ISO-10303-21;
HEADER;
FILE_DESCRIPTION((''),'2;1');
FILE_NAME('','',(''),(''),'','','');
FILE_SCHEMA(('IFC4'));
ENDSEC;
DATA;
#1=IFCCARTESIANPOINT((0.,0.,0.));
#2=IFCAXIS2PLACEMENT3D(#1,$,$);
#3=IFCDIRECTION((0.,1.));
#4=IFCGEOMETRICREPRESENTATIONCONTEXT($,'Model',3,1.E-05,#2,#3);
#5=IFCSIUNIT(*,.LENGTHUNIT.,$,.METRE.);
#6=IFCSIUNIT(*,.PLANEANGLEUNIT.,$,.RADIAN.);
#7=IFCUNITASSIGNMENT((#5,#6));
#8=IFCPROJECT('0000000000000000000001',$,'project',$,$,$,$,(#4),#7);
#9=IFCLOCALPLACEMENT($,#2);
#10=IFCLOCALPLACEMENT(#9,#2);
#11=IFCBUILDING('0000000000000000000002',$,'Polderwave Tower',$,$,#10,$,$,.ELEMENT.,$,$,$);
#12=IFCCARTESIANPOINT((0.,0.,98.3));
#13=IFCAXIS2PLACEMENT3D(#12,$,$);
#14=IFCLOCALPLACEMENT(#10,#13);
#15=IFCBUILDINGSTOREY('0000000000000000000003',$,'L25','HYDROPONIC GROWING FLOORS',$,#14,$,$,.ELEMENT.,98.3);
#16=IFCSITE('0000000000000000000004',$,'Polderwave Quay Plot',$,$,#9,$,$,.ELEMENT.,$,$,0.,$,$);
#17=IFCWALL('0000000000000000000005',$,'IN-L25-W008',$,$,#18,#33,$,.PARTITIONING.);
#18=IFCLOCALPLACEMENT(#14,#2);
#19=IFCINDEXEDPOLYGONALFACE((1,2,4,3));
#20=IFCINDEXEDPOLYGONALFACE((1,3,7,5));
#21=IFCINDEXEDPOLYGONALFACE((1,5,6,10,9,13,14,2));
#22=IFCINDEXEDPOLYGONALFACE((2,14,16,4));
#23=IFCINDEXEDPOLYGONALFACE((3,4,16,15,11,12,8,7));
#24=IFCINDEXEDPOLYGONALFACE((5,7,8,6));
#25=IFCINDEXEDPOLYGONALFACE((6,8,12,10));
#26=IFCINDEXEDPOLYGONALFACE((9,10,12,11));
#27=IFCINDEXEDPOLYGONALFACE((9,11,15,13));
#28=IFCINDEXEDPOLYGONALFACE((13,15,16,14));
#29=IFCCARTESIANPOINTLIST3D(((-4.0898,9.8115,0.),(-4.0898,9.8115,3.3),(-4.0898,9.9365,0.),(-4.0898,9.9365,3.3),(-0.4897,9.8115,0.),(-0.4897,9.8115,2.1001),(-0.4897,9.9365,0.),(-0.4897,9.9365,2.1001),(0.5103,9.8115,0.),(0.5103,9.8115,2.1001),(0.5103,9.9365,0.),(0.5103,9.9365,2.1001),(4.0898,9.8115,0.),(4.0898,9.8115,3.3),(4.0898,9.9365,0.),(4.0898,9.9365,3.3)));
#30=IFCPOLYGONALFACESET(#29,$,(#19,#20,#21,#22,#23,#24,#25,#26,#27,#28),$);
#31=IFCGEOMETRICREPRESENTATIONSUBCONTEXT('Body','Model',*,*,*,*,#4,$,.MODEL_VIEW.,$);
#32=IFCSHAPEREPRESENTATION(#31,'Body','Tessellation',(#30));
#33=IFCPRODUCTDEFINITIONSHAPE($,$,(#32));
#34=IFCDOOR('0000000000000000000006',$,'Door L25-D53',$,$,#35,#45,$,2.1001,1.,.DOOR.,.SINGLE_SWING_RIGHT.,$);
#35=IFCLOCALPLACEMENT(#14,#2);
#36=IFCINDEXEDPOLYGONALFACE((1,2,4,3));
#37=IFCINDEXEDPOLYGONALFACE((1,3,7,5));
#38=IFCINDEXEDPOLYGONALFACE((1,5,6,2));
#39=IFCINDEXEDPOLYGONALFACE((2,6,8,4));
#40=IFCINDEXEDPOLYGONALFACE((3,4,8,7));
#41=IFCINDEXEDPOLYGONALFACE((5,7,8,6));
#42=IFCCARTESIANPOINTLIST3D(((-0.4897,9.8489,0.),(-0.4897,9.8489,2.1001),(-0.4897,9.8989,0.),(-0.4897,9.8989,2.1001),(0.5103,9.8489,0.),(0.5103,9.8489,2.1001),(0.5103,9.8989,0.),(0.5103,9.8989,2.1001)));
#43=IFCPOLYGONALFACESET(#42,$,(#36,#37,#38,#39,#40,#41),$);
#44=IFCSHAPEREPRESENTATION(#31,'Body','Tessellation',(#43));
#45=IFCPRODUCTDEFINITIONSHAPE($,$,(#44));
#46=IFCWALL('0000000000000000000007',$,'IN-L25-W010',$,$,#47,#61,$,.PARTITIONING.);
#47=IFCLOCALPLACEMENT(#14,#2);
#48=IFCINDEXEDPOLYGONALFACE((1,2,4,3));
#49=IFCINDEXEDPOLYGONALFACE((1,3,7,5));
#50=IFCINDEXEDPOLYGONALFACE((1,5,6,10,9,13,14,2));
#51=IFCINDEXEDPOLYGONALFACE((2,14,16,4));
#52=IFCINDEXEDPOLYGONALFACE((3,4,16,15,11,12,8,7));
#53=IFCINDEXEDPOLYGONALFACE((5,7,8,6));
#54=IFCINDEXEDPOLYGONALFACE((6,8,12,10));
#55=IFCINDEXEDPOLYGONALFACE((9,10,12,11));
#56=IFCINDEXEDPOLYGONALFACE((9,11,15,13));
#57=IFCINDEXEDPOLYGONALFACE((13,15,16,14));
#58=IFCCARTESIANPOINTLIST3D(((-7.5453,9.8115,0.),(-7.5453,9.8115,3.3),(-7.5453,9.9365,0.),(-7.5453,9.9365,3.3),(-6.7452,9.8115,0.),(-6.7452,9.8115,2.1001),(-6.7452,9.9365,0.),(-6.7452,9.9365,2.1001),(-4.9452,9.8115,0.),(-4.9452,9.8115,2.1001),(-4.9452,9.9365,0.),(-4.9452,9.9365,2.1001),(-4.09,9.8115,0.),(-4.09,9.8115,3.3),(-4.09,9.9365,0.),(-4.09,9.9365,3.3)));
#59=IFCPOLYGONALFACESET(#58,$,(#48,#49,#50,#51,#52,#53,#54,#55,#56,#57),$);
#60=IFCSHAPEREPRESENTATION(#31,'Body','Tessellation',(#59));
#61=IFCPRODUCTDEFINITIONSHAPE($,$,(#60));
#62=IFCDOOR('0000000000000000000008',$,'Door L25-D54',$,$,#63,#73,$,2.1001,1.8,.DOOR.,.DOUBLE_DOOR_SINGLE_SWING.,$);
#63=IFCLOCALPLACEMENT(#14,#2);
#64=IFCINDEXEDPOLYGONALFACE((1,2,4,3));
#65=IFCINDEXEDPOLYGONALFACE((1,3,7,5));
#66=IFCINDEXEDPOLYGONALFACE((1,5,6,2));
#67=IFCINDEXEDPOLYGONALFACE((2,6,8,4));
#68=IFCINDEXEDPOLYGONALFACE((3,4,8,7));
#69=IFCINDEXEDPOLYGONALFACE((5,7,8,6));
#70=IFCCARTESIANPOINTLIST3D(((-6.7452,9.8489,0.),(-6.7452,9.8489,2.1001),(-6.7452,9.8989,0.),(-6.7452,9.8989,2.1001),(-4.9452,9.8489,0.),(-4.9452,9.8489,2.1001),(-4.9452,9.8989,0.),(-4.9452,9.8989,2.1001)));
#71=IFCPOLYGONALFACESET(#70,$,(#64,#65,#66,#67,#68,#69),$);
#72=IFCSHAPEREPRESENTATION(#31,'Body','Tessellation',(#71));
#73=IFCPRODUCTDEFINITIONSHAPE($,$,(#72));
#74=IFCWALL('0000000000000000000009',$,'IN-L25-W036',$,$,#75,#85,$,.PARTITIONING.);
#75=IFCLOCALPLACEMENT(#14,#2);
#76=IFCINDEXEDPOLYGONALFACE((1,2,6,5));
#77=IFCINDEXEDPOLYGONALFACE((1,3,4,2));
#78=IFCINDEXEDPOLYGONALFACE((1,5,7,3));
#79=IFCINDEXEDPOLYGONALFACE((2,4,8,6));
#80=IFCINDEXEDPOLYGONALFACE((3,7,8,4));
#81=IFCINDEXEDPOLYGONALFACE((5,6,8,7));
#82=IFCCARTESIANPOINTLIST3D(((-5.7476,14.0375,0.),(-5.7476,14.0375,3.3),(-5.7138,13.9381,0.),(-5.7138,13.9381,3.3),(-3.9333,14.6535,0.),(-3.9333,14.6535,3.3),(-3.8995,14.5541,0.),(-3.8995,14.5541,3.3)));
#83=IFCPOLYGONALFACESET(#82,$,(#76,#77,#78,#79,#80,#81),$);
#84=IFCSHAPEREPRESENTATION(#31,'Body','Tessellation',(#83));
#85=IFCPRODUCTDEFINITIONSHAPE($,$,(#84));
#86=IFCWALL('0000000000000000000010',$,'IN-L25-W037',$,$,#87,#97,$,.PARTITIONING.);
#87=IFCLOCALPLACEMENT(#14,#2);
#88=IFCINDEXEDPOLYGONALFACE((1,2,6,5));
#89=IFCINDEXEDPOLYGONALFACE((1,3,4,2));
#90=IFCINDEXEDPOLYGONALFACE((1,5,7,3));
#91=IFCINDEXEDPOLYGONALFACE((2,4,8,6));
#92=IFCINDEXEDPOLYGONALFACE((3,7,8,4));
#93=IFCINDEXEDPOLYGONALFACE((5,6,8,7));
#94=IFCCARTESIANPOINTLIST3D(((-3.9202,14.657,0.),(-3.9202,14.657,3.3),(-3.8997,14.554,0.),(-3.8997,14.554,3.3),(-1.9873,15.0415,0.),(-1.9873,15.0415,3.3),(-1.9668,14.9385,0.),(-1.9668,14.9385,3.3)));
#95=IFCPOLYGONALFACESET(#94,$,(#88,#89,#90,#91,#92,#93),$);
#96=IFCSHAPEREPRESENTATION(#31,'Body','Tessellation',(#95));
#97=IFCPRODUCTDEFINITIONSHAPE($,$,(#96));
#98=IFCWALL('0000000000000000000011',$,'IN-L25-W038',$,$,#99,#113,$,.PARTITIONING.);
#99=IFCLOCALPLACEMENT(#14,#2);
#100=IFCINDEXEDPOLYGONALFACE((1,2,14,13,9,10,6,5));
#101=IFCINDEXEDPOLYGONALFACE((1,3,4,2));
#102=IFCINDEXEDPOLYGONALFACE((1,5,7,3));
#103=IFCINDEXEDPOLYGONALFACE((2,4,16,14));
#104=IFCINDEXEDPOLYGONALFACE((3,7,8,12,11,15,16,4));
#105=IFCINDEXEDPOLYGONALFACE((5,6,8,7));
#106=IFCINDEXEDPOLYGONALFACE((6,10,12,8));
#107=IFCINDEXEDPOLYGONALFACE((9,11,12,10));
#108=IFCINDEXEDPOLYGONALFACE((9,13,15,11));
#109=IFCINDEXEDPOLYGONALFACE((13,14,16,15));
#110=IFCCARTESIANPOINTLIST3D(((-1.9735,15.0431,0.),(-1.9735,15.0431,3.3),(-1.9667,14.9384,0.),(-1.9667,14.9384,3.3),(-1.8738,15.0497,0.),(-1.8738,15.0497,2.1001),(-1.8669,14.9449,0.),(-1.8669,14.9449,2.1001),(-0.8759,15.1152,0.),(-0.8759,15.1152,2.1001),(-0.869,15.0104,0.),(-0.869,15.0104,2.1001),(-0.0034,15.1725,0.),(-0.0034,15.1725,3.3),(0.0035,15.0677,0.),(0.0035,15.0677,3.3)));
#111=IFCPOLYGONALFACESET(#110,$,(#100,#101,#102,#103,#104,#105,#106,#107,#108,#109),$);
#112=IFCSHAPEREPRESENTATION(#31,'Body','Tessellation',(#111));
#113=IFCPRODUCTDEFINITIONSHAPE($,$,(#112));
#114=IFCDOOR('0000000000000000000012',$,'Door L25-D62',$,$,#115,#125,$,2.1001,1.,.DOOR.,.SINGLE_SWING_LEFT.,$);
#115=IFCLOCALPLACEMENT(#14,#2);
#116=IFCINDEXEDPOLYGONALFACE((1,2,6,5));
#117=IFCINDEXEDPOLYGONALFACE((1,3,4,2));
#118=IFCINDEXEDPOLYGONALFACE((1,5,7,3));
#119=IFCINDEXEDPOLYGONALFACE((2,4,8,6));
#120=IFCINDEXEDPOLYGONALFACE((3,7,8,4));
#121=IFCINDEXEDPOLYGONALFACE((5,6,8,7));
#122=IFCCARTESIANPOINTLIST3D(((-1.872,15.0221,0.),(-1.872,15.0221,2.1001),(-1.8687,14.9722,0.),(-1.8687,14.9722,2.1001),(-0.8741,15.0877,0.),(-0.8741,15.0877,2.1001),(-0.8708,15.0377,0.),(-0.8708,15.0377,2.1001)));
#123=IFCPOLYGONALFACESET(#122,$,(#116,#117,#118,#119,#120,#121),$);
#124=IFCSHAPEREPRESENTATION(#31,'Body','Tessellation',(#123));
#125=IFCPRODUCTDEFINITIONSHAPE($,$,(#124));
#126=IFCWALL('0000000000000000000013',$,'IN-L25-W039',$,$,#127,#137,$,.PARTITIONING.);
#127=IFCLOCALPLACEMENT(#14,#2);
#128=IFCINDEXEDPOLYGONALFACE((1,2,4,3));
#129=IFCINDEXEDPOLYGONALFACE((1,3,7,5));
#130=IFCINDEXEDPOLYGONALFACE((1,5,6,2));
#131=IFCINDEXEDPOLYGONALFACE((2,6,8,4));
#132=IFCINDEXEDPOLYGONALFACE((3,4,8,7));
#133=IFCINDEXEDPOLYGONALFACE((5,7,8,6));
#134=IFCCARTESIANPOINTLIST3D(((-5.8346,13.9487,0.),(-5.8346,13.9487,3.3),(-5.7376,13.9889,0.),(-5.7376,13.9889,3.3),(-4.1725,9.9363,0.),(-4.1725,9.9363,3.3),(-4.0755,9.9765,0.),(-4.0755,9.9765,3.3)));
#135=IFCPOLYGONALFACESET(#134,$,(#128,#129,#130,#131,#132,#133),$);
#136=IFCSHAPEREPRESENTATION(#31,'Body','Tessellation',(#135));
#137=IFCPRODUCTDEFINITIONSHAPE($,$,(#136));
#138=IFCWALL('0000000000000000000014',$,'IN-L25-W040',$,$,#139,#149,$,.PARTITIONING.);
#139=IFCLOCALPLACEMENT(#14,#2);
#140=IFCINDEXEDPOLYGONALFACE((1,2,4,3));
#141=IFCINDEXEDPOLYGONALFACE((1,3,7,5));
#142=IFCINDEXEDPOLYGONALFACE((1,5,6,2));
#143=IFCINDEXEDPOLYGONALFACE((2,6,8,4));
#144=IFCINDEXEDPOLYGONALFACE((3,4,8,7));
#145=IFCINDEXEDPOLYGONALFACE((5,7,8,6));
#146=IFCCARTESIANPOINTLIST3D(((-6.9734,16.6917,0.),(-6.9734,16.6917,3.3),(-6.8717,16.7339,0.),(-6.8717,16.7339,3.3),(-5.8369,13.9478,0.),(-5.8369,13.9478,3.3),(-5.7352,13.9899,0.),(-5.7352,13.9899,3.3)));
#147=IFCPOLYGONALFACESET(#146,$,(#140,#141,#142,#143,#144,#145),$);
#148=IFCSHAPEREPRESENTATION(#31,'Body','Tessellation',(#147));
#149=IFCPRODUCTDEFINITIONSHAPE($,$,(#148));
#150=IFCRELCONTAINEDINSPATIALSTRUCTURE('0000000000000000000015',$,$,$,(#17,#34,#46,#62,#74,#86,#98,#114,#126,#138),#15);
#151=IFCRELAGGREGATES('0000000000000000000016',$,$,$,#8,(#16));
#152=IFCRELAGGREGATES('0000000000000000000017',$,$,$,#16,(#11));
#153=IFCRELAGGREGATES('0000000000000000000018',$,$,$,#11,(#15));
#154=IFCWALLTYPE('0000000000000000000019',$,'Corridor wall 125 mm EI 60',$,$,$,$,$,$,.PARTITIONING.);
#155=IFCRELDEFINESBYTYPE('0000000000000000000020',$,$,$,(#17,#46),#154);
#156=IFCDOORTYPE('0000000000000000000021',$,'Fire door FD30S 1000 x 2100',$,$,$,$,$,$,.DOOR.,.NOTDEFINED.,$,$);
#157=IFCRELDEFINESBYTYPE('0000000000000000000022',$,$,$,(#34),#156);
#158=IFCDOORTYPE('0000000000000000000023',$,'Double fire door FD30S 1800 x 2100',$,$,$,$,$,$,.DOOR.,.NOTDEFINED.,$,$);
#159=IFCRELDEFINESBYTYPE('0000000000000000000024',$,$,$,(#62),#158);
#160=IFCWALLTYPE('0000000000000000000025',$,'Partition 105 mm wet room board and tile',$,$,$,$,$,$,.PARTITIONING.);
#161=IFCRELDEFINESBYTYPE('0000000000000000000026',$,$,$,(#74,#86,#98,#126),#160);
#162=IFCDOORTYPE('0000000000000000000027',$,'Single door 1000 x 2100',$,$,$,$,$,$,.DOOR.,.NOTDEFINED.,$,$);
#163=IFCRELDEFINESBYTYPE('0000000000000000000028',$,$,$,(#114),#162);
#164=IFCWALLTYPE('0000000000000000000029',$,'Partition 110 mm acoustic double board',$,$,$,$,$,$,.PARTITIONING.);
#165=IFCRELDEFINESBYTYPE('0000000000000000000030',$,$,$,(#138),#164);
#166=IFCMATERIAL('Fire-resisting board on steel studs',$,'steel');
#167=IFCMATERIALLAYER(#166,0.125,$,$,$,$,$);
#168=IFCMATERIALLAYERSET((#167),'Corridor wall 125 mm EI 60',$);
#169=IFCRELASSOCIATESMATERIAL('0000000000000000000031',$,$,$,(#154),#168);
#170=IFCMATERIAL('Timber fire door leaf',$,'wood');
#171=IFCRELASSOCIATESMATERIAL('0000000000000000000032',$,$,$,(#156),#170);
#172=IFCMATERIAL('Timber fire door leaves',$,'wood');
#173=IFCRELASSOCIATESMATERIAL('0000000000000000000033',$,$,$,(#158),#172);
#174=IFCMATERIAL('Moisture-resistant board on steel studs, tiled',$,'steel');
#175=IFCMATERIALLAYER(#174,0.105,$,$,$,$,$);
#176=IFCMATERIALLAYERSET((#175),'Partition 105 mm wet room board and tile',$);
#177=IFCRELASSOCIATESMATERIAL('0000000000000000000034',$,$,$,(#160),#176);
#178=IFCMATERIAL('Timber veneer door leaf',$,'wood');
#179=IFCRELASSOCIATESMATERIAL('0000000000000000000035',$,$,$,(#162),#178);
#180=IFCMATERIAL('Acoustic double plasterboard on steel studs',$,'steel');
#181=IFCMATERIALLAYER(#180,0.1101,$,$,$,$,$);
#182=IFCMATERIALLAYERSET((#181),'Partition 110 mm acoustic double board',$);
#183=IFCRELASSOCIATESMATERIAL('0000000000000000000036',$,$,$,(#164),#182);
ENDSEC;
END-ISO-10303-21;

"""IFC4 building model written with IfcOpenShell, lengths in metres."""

from ifc_helpers import new_model, si_unit, direction, frame, frame_2d, origin, place, context, subcontext, project, spatial, rectangle, extrude, material, layer, layer_set, type_object, element, fill, save


model = new_model("IFC4")

# Units and contexts
model_context = context("Model", 3, precision=1e-05, world=origin(), true_north=direction((0.0, 1.0)))
body_context = subcontext(model_context, "Body", "Model", "MODEL_VIEW")
ifc_project = project(units=[si_unit("LENGTHUNIT", "METRE"), si_unit("PLANEANGLEUNIT", "RADIAN")], contexts=[model_context])

# Site, building, storey
site_placement = place(None, origin())
site = spatial("IfcSite", under=ifc_project, at=site_placement, Name="Polderwave Quay Plot", CompositionType="ELEMENT", RefElevation=0.0)
building_placement = place(site_placement, origin())
building = spatial("IfcBuilding", under=site, at=building_placement, Name="Polderwave Tower", CompositionType="ELEMENT")
storey_placement = place(building_placement, frame((0.0, 0.0, 98.3)))
storey = spatial("IfcBuildingStorey", under=building, at=storey_placement, Name="L25", Description="HYDROPONIC GROWING FLOORS", CompositionType="ELEMENT", Elevation=98.3)

# Walls, openings, doors
ifc_material_1 = material(Name="Fire-resisting board on steel studs", Category="steel")
ifc_layer_1 = layer(ifc_material_1, 0.125)
ifc_layer_set_1 = layer_set([ifc_layer_1], Name="Corridor wall 125 mm EI 60")
wall_type_1 = type_object("IfcWallType", Name="Corridor wall 125 mm EI 60", PredefinedType="PARTITIONING", material=ifc_layer_set_1)
wall_1_placement = place(storey_placement, frame((-4.0898, 9.874, 0.0), z_axis=(0.0, 0.0, 1.0), x_axis=(1.0, 0.0, 0.0)))
wall_1 = element("IfcWall", 1, at=wall_1_placement, inside=storey, type_object=wall_type_1, Name="IN-L25-W008", PredefinedType="PARTITIONING", context=body_context, shape_type="SweptSolid", body=[
    extrude(rectangle(XDim=8.1797, YDim=0.125, at=frame_2d((4.0898, 0.0))), origin(), (0.0, 0.0, 1.0), 3.3),
])
opening_1_placement = place(wall_1_placement, frame((3.6001, 0.0, 0.0)))
opening_1 = element("IfcOpeningElement", 2, at=opening_1_placement, cuts=wall_1, PredefinedType="OPENING", context=body_context, shape_type="SweptSolid", body=[
    extrude(rectangle(XDim=1.0, YDim=2.1001, at=frame_2d((0.5, 1.05))), frame((0.0, 0.0725, 0.0), z_axis=(0.0, -1.0, 0.0), x_axis=(1.0, 0.0, 0.0)), (0.0, 0.0, 1.0), 0.145),
])
ifc_material_2 = material(Name="Timber fire door leaf", Category="wood")
door_type_1 = type_object("IfcDoorType", Name="Fire door FD30S 1000 x 2100", OperationType="NOTDEFINED", PredefinedType="DOOR", material=ifc_material_2)
door_1_placement = place(opening_1_placement, origin())
door_1 = element("IfcDoor", 3, at=door_1_placement, inside=storey, type_object=door_type_1, Name="Door L25-D53", OperationType="SINGLE_SWING_RIGHT", OverallHeight=2.1001, OverallWidth=1.0, PredefinedType="DOOR", context=body_context, shape_type="SweptSolid", body=[
    extrude(rectangle(XDim=1.0, YDim=2.1001, at=frame_2d((0.5, 1.05))), frame((0.0, 0.0249, 0.0), z_axis=(0.0, -1.0, 0.0), x_axis=(1.0, 0.0, 0.0)), (0.0, 0.0, 1.0), 0.05),
])
fill(opening_1, door_1)
wall_2_placement = place(storey_placement, frame((-7.5452, 9.874, 0.0), z_axis=(0.0, 0.0, 1.0), x_axis=(1.0, 0.0, 0.0)))
wall_2 = element("IfcWall", 4, at=wall_2_placement, inside=storey, type_object=wall_type_1, Name="IN-L25-W010", PredefinedType="PARTITIONING", context=body_context, shape_type="SweptSolid", body=[
    extrude(rectangle(XDim=3.4553, YDim=0.125, at=frame_2d((1.7275, 0.0))), origin(), (0.0, 0.0, 1.0), 3.3),
])
opening_2_placement = place(wall_2_placement, frame((0.8, 0.0, 0.0)))
opening_2 = element("IfcOpeningElement", 5, at=opening_2_placement, cuts=wall_2, PredefinedType="OPENING", context=body_context, shape_type="SweptSolid", body=[
    extrude(rectangle(XDim=1.8, YDim=2.1001, at=frame_2d((0.8999, 1.05))), frame((0.0, 0.0725, 0.0), z_axis=(0.0, -1.0, 0.0), x_axis=(1.0, 0.0, 0.0)), (0.0, 0.0, 1.0), 0.145),
])
ifc_material_3 = material(Name="Timber fire door leaves", Category="wood")
door_type_2 = type_object("IfcDoorType", Name="Double fire door FD30S 1800 x 2100", OperationType="NOTDEFINED", PredefinedType="DOOR", material=ifc_material_3)
door_2_placement = place(opening_2_placement, origin())
door_2 = element("IfcDoor", 6, at=door_2_placement, inside=storey, type_object=door_type_2, Name="Door L25-D54", OperationType="DOUBLE_DOOR_SINGLE_SWING", OverallHeight=2.1001, OverallWidth=1.8, PredefinedType="DOOR", context=body_context, shape_type="SweptSolid", body=[
    extrude(rectangle(XDim=1.8, YDim=2.1001, at=frame_2d((0.8999, 1.05))), frame((0.0, 0.0249, 0.0), z_axis=(0.0, -1.0, 0.0), x_axis=(1.0, 0.0, 0.0)), (0.0, 0.0, 1.0), 0.05),
])
fill(opening_2, door_2)

# Walls
ifc_material_4 = material(Name="Moisture-resistant board on steel studs, tiled", Category="steel")
ifc_layer_2 = layer(ifc_material_4, 0.105)
ifc_layer_set_2 = layer_set([ifc_layer_2], Name="Partition 105 mm wet room board and tile")
wall_type_2 = type_object("IfcWallType", Name="Partition 105 mm wet room board and tile", PredefinedType="PARTITIONING", material=ifc_layer_set_2)
wall_3_placement = place(storey_placement, frame((-5.7307, 13.9878, 0.0), z_axis=(0.0, 0.0, 1.0), x_axis=(0.94691, 0.321498, 0.0)))
element("IfcWall", 7, at=wall_3_placement, inside=storey, type_object=wall_type_2, Name="IN-L25-W036", PredefinedType="PARTITIONING", context=body_context, shape_type="SweptSolid", body=[
    extrude(rectangle(XDim=1.916, YDim=0.105, at=frame_2d((0.958, 0.0))), origin(), (0.0, 0.0, 1.0), 3.3),
])
wall_4_placement = place(storey_placement, frame((-3.9099, 14.6055, 0.0), z_axis=(0.0, 0.0, 1.0), x_axis=(0.98078, 0.195115, 0.0)))
element("IfcWall", 8, at=wall_4_placement, inside=storey, type_object=wall_type_2, Name="IN-L25-W037", PredefinedType="PARTITIONING", context=body_context, shape_type="SweptSolid", body=[
    extrude(rectangle(XDim=1.9707, YDim=0.105, at=frame_2d((0.9854, 0.0))), origin(), (0.0, 0.0, 1.0), 3.3),
])

# Wall, opening, door
wall_5_placement = place(storey_placement, frame((-1.9702, 14.9907, 0.0), z_axis=(0.0, 0.0, 1.0), x_axis=(0.99785, 0.065534, 0.0)))
wall_5 = element("IfcWall", 9, at=wall_5_placement, inside=storey, type_object=wall_type_2, Name="IN-L25-W038", PredefinedType="PARTITIONING", context=body_context, shape_type="SweptSolid", body=[
    extrude(rectangle(XDim=1.9744, YDim=0.105, at=frame_2d((0.9873, 0.0))), origin(), (0.0, 0.0, 1.0), 3.3),
])
opening_3_placement = place(wall_5_placement, frame((0.1001, 0.0, 0.0)))
opening_3 = element("IfcOpeningElement", 10, at=opening_3_placement, cuts=wall_5, PredefinedType="OPENING", context=body_context, shape_type="SweptSolid", body=[
    extrude(rectangle(XDim=1.0, YDim=2.1001, at=frame_2d((0.5, 1.05))), frame((0.0, 0.0625, 0.0), z_axis=(0.0, -1.0, 0.0), x_axis=(1.0, 0.0, 0.0)), (0.0, 0.0, 1.0), 0.125),
])
ifc_material_5 = material(Name="Timber veneer door leaf", Category="wood")
door_type_3 = type_object("IfcDoorType", Name="Single door 1000 x 2100", OperationType="NOTDEFINED", PredefinedType="DOOR", material=ifc_material_5)
door_3_placement = place(opening_3_placement, origin())
door_3 = element("IfcDoor", 11, at=door_3_placement, inside=storey, type_object=door_type_3, Name="Door L25-D62", OperationType="SINGLE_SWING_LEFT", OverallHeight=2.1001, OverallWidth=1.0, PredefinedType="DOOR", context=body_context, shape_type="SweptSolid", body=[
    extrude(rectangle(XDim=1.0, YDim=2.1001, at=frame_2d((0.5, 1.05))), frame((0.0, 0.0249, 0.0), z_axis=(0.0, -1.0, 0.0), x_axis=(1.0, 0.0, 0.0)), (0.0, 0.0, 1.0), 0.05),
])
fill(opening_3, door_3)

# Walls
wall_6_placement = place(storey_placement, frame((-4.124, 9.9565, 0.0), z_axis=(0.0, 0.0, 1.0), x_axis=(-0.382703, 0.923872, 0.0)))
element("IfcWall", 12, at=wall_6_placement, inside=storey, type_object=wall_type_2, Name="IN-L25-W039", PredefinedType="PARTITIONING", context=body_context, shape_type="SweptSolid", body=[
    extrude(rectangle(XDim=4.343, YDim=0.105, at=frame_2d((2.1714, 0.0))), origin(), (0.0, 0.0, 1.0), 3.3),
])
ifc_material_6 = material(Name="Acoustic double plasterboard on steel studs", Category="steel")
ifc_layer_3 = layer(ifc_material_6, 0.1101)
ifc_layer_set_3 = layer_set([ifc_layer_3], Name="Partition 110 mm acoustic double board")
wall_type_3 = type_object("IfcWallType", Name="Partition 110 mm acoustic double board", PredefinedType="PARTITIONING", material=ifc_layer_set_3)
wall_7_placement = place(storey_placement, frame((-5.7861, 13.969, 0.0), z_axis=(0.0, 0.0, 1.0), x_axis=(-0.382659, 0.92389, 0.0)))
element("IfcWall", 13, at=wall_7_placement, inside=storey, type_object=wall_type_3, Name="IN-L25-W040", PredefinedType="PARTITIONING", context=body_context, shape_type="SweptSolid", body=[
    extrude(rectangle(XDim=2.97, YDim=0.1101, at=frame_2d((1.4849, 0.0))), origin(), (0.0, 0.0, 1.0), 3.3),
])

save(model, "model.ifc")
